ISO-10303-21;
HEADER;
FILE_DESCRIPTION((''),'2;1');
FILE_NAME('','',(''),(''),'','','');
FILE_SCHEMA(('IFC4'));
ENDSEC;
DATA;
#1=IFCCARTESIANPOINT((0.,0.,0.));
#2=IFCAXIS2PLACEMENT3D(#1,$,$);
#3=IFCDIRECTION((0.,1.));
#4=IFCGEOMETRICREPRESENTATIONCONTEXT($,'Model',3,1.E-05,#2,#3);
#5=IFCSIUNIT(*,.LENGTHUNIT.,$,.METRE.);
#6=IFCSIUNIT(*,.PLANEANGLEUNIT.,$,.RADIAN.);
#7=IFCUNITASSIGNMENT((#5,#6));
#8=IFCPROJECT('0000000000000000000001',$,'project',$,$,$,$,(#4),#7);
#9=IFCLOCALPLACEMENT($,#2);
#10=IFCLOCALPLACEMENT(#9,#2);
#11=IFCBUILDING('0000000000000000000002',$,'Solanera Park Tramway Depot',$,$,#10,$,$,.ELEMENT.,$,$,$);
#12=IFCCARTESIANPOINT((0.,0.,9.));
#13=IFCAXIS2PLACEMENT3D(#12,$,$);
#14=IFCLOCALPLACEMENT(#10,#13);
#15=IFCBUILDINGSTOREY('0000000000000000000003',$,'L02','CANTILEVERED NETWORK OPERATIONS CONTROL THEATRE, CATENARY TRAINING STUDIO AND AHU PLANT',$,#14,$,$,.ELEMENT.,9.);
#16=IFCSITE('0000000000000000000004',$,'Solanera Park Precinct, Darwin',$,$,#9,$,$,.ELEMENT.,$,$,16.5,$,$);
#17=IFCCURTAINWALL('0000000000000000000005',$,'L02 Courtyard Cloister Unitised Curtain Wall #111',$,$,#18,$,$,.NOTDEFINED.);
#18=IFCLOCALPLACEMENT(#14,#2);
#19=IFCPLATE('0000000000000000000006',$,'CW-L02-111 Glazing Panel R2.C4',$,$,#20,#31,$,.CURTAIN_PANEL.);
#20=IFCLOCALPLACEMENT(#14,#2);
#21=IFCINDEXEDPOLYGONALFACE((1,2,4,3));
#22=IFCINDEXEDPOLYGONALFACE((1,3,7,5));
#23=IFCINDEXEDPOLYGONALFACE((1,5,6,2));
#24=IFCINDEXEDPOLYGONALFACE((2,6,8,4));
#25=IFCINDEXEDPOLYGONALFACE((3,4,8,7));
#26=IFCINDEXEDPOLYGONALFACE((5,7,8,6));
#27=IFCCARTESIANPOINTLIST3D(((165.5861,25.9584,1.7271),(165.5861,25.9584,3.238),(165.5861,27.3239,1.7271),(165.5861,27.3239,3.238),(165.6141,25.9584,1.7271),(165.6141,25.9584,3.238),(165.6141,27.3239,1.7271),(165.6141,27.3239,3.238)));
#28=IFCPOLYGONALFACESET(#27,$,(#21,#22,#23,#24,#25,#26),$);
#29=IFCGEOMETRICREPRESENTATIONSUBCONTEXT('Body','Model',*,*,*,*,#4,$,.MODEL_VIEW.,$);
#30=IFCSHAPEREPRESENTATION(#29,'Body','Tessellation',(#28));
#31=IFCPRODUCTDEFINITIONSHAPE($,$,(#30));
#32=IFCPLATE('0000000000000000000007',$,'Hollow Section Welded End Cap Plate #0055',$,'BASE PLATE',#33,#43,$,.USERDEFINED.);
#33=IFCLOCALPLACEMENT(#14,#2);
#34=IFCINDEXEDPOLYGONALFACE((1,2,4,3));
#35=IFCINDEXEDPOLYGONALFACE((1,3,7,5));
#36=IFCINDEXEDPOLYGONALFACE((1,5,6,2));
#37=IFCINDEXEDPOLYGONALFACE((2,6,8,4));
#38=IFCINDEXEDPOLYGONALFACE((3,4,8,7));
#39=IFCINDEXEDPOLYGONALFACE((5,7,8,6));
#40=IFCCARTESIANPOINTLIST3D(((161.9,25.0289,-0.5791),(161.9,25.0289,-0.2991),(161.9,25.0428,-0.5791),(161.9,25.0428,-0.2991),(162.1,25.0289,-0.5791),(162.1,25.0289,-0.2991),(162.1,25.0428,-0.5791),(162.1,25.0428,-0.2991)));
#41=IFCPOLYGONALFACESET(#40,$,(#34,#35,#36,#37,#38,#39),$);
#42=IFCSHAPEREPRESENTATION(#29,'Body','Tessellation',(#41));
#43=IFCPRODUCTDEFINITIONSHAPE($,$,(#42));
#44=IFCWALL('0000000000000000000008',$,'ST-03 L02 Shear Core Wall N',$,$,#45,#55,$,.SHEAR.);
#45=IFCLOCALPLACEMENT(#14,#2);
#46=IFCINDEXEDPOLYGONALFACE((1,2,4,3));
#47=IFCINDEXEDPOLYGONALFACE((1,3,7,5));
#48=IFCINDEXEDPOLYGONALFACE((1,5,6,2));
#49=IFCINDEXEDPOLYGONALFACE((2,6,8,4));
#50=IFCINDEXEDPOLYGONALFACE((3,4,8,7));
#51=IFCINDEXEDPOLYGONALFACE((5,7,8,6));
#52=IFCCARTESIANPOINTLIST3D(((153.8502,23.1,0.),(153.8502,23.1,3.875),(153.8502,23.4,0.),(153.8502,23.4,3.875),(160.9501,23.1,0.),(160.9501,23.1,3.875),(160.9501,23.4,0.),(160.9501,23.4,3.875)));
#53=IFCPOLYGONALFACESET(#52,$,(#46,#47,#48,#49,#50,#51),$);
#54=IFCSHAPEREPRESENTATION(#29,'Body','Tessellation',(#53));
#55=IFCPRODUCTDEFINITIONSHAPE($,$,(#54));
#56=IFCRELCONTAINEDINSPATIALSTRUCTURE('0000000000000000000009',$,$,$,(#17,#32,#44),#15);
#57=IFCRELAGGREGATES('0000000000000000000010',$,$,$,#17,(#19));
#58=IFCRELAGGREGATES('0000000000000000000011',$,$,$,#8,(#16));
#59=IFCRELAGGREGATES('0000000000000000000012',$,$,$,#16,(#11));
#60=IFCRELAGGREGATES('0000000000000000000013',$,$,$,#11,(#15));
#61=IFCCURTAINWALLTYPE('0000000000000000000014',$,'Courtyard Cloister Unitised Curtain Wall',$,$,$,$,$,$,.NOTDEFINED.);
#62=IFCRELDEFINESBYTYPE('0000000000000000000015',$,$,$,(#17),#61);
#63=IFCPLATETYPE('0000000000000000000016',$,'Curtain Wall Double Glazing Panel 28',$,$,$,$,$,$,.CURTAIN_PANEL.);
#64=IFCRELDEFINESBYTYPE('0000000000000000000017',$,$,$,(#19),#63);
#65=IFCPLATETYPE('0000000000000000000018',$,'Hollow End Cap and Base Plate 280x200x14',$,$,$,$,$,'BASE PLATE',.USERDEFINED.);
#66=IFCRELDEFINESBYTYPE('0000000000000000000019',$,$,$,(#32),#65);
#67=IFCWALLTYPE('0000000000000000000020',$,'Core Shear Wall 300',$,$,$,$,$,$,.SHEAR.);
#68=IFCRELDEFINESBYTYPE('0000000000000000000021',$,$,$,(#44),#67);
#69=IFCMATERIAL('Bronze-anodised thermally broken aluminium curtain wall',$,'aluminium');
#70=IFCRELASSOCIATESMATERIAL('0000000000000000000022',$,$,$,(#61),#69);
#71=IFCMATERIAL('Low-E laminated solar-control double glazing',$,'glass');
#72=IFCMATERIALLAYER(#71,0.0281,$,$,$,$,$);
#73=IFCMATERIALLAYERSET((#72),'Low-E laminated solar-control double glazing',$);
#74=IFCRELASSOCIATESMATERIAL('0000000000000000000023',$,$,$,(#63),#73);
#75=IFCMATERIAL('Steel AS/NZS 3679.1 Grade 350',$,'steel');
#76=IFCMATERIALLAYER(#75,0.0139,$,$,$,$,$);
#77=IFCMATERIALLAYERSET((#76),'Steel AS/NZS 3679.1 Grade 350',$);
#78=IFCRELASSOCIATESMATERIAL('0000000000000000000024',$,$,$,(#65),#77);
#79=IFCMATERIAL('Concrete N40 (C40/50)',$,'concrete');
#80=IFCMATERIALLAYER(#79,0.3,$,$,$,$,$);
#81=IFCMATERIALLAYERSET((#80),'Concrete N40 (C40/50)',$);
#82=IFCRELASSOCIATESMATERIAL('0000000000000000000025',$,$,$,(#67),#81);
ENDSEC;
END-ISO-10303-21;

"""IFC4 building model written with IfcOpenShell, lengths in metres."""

from ifc_helpers import new_model, si_unit, direction, frame, frame_2d, origin, origin_2d, place, context, subcontext, project, spatial, rectangle, extrude, material, layer, layer_set, type_object, element, aggregate, save


model = new_model("IFC4")

# Units and contexts
model_context = context("Model", 3, precision=1e-05, world=origin(), true_north=direction((0.0, 1.0)))
body_context = subcontext(model_context, "Body", "Model", "MODEL_VIEW")
ifc_project = project(units=[si_unit("LENGTHUNIT", "METRE"), si_unit("PLANEANGLEUNIT", "RADIAN")], contexts=[model_context])

# Site, building, storey
site_placement = place(None, origin())
site = spatial("IfcSite", under=ifc_project, at=site_placement, Name="Solanera Park Precinct, Darwin", CompositionType="ELEMENT", RefElevation=16.5)
building_placement = place(site_placement, origin())
building = spatial("IfcBuilding", under=site, at=building_placement, Name="Solanera Park Tramway Depot", CompositionType="ELEMENT")
storey_placement = place(building_placement, frame((0.0, 0.0, 9.0)))
storey = spatial("IfcBuildingStorey", under=building, at=storey_placement, Name="L02", Description="CANTILEVERED NETWORK OPERATIONS CONTROL THEATRE, CATENARY TRAINING STUDIO AND AHU PLANT", CompositionType="ELEMENT", Elevation=9.0)

# Shared definitions
ifc_material_1 = material(Name="Bronze-anodised thermally broken aluminium curtain wall", Category="aluminium")
curtain_wall_type = type_object("IfcCurtainWallType", Name="Courtyard Cloister Unitised Curtain Wall", PredefinedType="NOTDEFINED", material=ifc_material_1)

# Curtain wall
curtain_wall_1_placement = place(storey_placement, origin())
curtain_wall_1 = element("IfcCurtainWall", 1, at=curtain_wall_1_placement, inside=storey, type_object=curtain_wall_type, Name="L02 Courtyard Cloister Unitised Curtain Wall #111", PredefinedType="NOTDEFINED")

# Plates
ifc_material_2 = material(Name="Low-E laminated solar-control double glazing", Category="glass")
ifc_layer_1 = layer(ifc_material_2, 0.0281)
ifc_layer_set_1 = layer_set([ifc_layer_1], Name="Low-E laminated solar-control double glazing")
plate_type_1 = type_object("IfcPlateType", Name="Curtain Wall Double Glazing Panel 28", PredefinedType="CURTAIN_PANEL", material=ifc_layer_set_1)
plate_1_placement = place(storey_placement, frame((165.6001, 26.6411, 1.7271), z_axis=(0.0, 0.0, 1.0), x_axis=(0.0, -1.0, 0.0)))
plate_1 = element("IfcPlate", 2, at=plate_1_placement, type_object=plate_type_1, Name="CW-L02-111 Glazing Panel R2.C4", PredefinedType="CURTAIN_PANEL", context=body_context, shape_type="SweptSolid", body=[
    extrude(rectangle(XDim=1.3655, YDim=0.0281, at=origin_2d()), origin(), (0.0, 0.0, 1.0), 1.511),
])
aggregate(curtain_wall_1, [plate_1])
ifc_material_3 = material(Name="Steel AS/NZS 3679.1 Grade 350", Category="steel")
ifc_layer_2 = layer(ifc_material_3, 0.0139)
ifc_layer_set_2 = layer_set([ifc_layer_2], Name="Steel AS/NZS 3679.1 Grade 350")
plate_type_2 = type_object("IfcPlateType", Name="Hollow End Cap and Base Plate 280x200x14", ElementType="BASE PLATE", PredefinedType="USERDEFINED", material=ifc_layer_set_2)
plate_2_placement = place(storey_placement, frame((162.0, 25.0359, -0.5791), z_axis=(0.0, 0.0, 1.0), x_axis=(0.0, 1.0, 0.0)))
element("IfcPlate", 3, at=plate_2_placement, inside=storey, type_object=plate_type_2, Name="Hollow Section Welded End Cap Plate #0055", ObjectType="BASE PLATE", PredefinedType="USERDEFINED", context=body_context, shape_type="SweptSolid", body=[
    extrude(rectangle(XDim=0.0139, YDim=0.2, at=origin_2d()), origin(), (0.0, 0.0, 1.0), 0.28),
])

# Wall
ifc_material_4 = material(Name="Concrete N40 (C40/50)", Category="concrete")
ifc_layer_3 = layer(ifc_material_4, 0.3)
ifc_layer_set_3 = layer_set([ifc_layer_3], Name="Concrete N40 (C40/50)")
wall_type = type_object("IfcWallType", Name="Core Shear Wall 300", PredefinedType="SHEAR", material=ifc_layer_set_3)
wall_placement = place(storey_placement, frame((160.95, 23.25, 0.0), z_axis=(0.0, 0.0, 1.0), x_axis=(-1.0, 0.0, 0.0)))
element("IfcWall", 4, at=wall_placement, inside=storey, type_object=wall_type, Name="ST-03 L02 Shear Core Wall N", PredefinedType="SHEAR", context=body_context, shape_type="SweptSolid", body=[
    extrude(rectangle(XDim=7.0999, YDim=0.3, at=frame_2d((3.5498, 0.0))), origin(), (0.0, 0.0, 1.0), 3.875),
])

save(model, "model.ifc")
